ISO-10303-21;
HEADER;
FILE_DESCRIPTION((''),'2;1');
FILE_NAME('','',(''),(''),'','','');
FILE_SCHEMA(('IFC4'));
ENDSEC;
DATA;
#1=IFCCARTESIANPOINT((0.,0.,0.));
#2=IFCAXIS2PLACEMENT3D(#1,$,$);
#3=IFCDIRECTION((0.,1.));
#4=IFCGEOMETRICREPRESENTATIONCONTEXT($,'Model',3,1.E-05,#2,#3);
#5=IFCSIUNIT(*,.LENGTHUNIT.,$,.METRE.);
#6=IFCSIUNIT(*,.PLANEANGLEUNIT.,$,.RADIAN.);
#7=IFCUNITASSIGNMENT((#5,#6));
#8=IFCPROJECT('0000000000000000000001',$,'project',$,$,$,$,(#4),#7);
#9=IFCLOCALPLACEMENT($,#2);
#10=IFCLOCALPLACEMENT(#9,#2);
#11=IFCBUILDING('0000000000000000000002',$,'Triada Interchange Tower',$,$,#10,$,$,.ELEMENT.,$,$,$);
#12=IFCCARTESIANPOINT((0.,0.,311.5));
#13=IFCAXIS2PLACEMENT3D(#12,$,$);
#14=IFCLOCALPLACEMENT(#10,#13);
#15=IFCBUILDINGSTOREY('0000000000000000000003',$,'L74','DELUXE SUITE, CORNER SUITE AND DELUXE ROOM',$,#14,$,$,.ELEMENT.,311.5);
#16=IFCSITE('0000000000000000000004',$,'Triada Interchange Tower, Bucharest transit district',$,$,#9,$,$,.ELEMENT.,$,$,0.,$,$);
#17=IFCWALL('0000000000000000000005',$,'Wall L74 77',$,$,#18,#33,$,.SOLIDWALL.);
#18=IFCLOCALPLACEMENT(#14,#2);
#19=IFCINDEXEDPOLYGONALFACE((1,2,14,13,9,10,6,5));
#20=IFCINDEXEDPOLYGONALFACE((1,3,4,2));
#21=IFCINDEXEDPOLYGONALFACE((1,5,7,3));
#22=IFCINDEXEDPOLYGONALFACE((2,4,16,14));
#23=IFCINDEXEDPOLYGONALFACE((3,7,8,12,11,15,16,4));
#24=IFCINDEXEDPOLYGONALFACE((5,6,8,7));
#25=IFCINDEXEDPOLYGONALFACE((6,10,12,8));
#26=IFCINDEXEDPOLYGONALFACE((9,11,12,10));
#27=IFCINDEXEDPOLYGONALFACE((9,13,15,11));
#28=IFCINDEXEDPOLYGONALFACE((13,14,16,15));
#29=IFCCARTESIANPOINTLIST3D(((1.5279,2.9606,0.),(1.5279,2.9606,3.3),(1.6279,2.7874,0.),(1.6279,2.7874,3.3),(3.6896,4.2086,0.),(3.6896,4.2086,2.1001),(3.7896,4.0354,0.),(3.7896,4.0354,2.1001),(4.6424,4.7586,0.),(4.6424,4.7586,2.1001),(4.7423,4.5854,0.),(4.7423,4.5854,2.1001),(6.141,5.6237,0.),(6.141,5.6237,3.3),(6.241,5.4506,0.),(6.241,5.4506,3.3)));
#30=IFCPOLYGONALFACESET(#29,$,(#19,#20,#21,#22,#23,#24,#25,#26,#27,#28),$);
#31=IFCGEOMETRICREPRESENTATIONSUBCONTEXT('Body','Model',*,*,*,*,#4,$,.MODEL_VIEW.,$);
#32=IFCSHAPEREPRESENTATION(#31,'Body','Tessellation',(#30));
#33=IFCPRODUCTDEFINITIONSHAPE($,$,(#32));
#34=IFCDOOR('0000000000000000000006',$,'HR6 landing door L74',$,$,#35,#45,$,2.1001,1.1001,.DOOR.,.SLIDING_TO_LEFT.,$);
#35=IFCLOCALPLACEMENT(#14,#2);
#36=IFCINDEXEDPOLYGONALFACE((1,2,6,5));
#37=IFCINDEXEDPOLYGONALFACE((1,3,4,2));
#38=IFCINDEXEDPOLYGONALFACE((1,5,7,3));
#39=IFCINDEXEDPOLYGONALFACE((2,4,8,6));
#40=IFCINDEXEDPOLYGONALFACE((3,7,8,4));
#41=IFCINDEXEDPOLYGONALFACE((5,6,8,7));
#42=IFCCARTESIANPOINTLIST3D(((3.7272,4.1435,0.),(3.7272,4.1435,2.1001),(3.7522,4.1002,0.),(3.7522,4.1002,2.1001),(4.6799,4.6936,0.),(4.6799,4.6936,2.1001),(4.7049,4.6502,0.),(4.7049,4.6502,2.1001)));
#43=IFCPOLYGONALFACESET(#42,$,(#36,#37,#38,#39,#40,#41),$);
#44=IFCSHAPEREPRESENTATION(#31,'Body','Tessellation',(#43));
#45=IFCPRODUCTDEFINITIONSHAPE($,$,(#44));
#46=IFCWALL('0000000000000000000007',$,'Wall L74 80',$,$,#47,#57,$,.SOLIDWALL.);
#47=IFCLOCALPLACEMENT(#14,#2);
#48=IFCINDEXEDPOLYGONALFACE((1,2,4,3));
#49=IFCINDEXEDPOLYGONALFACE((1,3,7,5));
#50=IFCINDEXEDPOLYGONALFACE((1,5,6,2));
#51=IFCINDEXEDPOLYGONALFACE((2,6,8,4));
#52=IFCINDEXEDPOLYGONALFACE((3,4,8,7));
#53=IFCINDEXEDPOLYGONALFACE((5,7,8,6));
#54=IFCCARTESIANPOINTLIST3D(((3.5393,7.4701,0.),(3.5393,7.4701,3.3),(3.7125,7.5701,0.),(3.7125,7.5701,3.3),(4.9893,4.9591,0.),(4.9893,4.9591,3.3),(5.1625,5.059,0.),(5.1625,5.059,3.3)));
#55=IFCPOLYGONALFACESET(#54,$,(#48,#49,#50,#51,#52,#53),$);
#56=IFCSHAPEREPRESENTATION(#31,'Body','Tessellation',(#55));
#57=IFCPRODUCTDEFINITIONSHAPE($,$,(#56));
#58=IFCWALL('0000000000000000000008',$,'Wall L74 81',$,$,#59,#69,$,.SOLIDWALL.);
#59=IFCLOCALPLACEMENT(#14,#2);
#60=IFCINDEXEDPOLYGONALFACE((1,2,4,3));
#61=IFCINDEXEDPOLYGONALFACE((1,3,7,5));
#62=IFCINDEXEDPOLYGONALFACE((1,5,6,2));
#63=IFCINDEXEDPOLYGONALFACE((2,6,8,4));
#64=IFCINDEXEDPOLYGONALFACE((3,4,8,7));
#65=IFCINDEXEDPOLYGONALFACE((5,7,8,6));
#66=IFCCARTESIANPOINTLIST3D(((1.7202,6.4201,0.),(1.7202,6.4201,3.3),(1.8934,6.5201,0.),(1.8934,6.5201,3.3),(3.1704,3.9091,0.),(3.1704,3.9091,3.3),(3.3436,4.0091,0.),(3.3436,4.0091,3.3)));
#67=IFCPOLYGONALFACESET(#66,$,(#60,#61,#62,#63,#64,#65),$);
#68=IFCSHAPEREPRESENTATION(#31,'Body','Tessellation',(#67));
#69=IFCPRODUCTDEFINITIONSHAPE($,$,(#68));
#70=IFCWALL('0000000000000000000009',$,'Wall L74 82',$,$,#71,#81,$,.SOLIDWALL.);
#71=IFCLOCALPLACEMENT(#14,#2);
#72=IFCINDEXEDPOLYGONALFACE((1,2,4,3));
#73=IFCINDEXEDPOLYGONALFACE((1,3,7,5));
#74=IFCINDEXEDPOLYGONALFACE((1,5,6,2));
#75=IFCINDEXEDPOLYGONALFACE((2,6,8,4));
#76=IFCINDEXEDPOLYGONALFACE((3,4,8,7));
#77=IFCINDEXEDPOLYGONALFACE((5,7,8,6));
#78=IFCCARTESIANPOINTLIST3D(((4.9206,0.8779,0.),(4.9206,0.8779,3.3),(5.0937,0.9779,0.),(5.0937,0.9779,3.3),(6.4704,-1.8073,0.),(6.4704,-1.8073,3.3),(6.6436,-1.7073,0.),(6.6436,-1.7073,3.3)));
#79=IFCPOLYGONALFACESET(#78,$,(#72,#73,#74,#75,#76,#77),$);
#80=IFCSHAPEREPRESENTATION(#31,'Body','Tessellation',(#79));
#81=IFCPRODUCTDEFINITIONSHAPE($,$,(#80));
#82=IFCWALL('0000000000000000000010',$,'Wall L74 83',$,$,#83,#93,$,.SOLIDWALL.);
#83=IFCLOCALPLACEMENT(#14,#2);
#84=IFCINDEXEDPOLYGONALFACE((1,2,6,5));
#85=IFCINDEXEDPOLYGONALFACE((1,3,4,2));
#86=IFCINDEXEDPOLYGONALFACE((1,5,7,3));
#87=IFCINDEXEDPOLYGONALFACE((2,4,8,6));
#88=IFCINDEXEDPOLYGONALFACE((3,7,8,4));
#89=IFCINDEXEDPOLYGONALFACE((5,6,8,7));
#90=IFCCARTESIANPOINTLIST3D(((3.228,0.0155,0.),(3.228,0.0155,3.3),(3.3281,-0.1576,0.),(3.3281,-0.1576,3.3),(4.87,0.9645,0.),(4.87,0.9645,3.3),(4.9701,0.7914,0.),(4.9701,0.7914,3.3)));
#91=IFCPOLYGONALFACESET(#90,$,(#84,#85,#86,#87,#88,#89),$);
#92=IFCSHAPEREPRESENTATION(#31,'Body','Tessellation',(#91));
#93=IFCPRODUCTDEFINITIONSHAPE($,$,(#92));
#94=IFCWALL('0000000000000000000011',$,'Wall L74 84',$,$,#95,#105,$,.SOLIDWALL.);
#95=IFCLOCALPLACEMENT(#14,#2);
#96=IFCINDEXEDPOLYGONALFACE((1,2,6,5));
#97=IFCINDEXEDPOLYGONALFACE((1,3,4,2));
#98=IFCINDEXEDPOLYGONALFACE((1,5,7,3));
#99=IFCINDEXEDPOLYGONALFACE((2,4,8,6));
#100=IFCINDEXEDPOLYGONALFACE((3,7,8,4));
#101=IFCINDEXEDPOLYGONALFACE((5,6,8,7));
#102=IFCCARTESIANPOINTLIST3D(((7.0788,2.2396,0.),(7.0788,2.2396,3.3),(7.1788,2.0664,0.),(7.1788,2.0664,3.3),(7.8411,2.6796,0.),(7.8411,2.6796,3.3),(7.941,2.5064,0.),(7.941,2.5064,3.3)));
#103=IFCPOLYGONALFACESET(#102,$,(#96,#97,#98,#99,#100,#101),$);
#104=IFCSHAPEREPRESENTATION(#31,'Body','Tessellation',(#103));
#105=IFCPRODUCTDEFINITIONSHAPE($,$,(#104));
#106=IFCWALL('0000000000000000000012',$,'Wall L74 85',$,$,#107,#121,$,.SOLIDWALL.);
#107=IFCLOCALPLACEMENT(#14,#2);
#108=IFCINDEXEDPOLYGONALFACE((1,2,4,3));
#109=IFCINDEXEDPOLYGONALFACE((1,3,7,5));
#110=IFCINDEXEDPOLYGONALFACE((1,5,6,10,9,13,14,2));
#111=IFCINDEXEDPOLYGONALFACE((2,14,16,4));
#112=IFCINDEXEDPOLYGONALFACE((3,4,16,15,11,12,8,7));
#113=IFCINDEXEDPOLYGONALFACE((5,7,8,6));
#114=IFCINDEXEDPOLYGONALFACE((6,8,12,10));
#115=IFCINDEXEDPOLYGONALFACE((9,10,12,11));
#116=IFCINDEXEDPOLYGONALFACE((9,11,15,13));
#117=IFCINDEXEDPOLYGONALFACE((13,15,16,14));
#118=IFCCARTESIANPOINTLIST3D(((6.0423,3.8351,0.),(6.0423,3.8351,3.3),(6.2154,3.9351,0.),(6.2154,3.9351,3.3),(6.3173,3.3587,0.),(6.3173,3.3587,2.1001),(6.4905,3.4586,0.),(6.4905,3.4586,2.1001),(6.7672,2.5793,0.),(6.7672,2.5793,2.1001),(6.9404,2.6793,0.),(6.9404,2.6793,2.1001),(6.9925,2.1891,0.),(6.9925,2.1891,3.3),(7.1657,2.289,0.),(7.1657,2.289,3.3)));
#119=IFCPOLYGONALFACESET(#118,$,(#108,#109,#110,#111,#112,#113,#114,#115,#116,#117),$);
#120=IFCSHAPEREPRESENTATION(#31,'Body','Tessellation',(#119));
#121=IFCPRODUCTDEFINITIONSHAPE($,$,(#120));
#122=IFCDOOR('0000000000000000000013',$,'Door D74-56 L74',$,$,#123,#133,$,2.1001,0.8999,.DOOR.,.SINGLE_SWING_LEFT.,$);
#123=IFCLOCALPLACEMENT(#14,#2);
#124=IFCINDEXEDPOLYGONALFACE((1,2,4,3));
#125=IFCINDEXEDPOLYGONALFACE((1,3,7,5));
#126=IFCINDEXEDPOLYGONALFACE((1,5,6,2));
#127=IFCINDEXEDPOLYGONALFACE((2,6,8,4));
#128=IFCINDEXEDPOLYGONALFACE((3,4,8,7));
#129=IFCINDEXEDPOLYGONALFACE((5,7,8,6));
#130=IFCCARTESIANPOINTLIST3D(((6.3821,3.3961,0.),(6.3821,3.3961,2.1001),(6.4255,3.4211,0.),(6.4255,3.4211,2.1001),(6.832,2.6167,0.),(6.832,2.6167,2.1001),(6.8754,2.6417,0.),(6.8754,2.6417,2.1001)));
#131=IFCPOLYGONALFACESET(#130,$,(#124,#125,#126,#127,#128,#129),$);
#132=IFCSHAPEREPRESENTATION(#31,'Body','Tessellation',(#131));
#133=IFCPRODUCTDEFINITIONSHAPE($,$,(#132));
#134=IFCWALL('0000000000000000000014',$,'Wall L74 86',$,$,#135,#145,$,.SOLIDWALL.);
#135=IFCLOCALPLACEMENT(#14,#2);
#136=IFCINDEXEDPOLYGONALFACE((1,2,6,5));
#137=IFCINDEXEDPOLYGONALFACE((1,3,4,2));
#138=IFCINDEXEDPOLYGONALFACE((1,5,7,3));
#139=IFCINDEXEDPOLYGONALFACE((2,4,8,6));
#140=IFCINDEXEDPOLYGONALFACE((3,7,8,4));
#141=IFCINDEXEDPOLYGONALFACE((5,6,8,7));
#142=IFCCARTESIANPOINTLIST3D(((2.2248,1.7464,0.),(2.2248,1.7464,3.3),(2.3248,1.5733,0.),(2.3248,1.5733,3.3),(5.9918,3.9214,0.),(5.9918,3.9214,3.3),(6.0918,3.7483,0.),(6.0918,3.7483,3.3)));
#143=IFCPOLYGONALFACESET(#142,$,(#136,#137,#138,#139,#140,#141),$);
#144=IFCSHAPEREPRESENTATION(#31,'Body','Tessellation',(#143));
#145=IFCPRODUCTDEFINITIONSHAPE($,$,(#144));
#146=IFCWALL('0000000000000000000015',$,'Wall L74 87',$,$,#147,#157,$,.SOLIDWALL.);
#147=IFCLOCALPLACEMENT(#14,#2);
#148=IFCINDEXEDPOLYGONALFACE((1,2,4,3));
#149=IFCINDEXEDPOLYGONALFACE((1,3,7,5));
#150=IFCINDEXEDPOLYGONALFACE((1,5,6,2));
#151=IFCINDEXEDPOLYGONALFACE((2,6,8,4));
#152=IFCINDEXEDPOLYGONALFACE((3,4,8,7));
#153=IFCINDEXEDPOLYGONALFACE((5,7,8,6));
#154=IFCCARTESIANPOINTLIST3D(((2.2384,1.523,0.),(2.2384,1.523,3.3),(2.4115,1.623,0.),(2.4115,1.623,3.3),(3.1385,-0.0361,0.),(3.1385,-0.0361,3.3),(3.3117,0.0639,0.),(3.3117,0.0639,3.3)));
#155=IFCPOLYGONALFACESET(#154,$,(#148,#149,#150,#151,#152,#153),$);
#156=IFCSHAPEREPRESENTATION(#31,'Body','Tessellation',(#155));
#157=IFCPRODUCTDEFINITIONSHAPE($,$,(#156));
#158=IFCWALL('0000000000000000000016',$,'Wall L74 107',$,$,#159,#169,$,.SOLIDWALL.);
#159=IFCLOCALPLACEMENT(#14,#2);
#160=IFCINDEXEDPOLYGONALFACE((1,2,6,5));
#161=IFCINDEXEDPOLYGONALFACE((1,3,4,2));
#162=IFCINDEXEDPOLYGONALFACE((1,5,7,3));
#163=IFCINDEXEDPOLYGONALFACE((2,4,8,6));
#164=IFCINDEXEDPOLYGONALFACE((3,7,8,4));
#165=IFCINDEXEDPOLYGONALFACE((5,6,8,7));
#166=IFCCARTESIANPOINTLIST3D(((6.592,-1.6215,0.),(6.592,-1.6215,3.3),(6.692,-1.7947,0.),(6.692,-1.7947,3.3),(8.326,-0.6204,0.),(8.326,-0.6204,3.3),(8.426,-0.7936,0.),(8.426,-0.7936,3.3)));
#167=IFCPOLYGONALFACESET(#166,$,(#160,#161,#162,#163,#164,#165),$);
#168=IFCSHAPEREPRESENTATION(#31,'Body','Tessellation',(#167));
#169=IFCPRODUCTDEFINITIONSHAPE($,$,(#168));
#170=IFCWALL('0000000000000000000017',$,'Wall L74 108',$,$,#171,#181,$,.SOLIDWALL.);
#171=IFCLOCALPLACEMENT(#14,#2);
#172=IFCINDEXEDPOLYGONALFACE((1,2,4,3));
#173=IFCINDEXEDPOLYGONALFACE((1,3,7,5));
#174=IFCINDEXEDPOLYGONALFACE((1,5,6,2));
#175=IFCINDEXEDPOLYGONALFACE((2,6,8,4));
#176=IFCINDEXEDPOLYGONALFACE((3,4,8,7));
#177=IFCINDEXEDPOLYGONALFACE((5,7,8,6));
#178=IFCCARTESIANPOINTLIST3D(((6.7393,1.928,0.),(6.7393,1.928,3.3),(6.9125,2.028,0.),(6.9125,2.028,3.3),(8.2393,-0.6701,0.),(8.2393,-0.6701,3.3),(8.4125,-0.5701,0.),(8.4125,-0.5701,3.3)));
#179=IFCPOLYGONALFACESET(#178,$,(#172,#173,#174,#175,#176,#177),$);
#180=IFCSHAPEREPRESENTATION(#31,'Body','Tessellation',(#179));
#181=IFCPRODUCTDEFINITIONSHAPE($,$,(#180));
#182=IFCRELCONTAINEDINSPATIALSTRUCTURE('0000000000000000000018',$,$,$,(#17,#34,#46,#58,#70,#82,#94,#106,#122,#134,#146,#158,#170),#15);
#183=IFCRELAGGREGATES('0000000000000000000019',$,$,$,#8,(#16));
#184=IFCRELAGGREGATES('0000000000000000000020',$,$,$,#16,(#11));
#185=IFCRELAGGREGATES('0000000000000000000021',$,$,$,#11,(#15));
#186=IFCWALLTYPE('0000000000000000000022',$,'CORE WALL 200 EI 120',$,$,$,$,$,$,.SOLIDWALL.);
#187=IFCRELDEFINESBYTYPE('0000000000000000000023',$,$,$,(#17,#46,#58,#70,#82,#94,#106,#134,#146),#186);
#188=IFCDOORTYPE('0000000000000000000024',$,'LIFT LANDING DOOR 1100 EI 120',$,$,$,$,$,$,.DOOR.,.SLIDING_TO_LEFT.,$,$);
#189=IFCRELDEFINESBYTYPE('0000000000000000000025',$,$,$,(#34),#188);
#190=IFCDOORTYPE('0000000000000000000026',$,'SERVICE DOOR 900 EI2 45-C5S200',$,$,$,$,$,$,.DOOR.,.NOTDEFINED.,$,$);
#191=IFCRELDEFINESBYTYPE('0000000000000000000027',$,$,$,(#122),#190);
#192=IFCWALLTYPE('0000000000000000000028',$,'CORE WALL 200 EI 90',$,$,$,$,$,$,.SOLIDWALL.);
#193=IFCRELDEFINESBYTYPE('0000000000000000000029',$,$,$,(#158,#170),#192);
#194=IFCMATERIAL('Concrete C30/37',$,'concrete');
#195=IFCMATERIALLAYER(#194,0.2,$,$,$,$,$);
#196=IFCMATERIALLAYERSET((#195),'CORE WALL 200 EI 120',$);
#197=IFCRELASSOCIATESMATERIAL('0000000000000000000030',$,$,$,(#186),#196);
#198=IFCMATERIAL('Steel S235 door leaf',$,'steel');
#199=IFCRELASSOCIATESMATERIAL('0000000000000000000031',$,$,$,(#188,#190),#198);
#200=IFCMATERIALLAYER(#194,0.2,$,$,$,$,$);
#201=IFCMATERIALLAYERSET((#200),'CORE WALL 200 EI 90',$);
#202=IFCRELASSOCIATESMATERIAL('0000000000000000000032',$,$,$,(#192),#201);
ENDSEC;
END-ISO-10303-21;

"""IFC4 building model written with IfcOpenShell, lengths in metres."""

from ifc_helpers import new_model, si_unit, direction, frame, frame_2d, origin, place, context, subcontext, project, spatial, rectangle, extrude, material, layer, layer_set, type_object, element, fill, save


model = new_model("IFC4")

# Units and contexts
model_context = context("Model", 3, precision=1e-05, world=origin(), true_north=direction((0.0, 1.0)))
body_context = subcontext(model_context, "Body", "Model", "MODEL_VIEW")
ifc_project = project(units=[si_unit("LENGTHUNIT", "METRE"), si_unit("PLANEANGLEUNIT", "RADIAN")], contexts=[model_context])

# Site, building, storey
site_placement = place(None, origin())
site = spatial("IfcSite", under=ifc_project, at=site_placement, Name="Triada Interchange Tower, Bucharest transit district", CompositionType="ELEMENT", RefElevation=0.0)
building_placement = place(site_placement, origin())
building = spatial("IfcBuilding", under=site, at=building_placement, Name="Triada Interchange Tower", CompositionType="ELEMENT")
storey_placement = place(building_placement, frame((0.0, 0.0, 311.5)))
storey = spatial("IfcBuildingStorey", under=building, at=storey_placement, Name="L74", Description="DELUXE SUITE, CORNER SUITE AND DELUXE ROOM", CompositionType="ELEMENT", Elevation=311.5)

# Shared definitions
ifc_material_1 = material(Name="Concrete C30/37", Category="concrete")
ifc_layer_1 = layer(ifc_material_1, 0.2)
ifc_layer_set_1 = layer_set([ifc_layer_1], Name="CORE WALL 200 EI 120")
wall_type_1 = type_object("IfcWallType", Name="CORE WALL 200 EI 120", PredefinedType="SOLIDWALL", material=ifc_layer_set_1)
ifc_material_2 = material(Name="Steel S235 door leaf", Category="steel")
door_type_1 = type_object("IfcDoorType", Name="LIFT LANDING DOOR 1100 EI 120", OperationType="SLIDING_TO_LEFT", PredefinedType="DOOR", material=ifc_material_2)

# Wall, opening, door
wall_1_placement = place(storey_placement, frame((1.5779, 2.874, 0.0), z_axis=(0.0, 0.0, 1.0), x_axis=(0.866046, 0.499964, 0.0)))
wall_1 = element("IfcWall", 1, at=wall_1_placement, inside=storey, type_object=wall_type_1, Name="Wall L74 77", PredefinedType="SOLIDWALL", context=body_context, shape_type="SweptSolid", body=[
    extrude(rectangle(XDim=5.3267, YDim=0.2, at=frame_2d((2.6633, 0.0))), origin(), (0.0, 0.0, 1.0), 3.3),
])
opening_1_placement = place(wall_1_placement, frame((2.4961, 0.0, 0.0)))
opening_1 = element("IfcOpeningElement", 2, at=opening_1_placement, cuts=wall_1, PredefinedType="OPENING", context=body_context, shape_type="SweptSolid", body=[
    extrude(rectangle(XDim=1.1001, YDim=2.1001, at=frame_2d((0.55, 1.05))), frame((0.0, 0.1099, 0.0), z_axis=(0.0, -1.0, 0.0), x_axis=(1.0, 0.0, 0.0)), (0.0, 0.0, 1.0), 0.22),
])
door_1_placement = place(opening_1_placement, origin())
door_1 = element("IfcDoor", 3, at=door_1_placement, inside=storey, type_object=door_type_1, Name="HR6 landing door L74", OperationType="SLIDING_TO_LEFT", OverallHeight=2.1001, OverallWidth=1.1001, PredefinedType="DOOR", context=body_context, shape_type="SweptSolid", body=[
    extrude(rectangle(XDim=1.1001, YDim=2.1001, at=frame_2d((0.55, 1.05))), frame((0.0, 0.0249, 0.0), z_axis=(0.0, -1.0, 0.0), x_axis=(1.0, 0.0, 0.0)), (0.0, 0.0, 1.0), 0.05),
])
fill(opening_1, door_1)

# Walls
for number, where, z_axis, x_axis, name in (
    (4, (3.626, 7.52, 0.0), (0.0, 0.0, 1.0), (0.50006, -0.865991, 0.0), "Wall L74 80"),
    (5, (1.8069, 6.47, 0.0), (0.0, 0.0, 1.0), (0.500123, -0.865954, 0.0), "Wall L74 81"),
):
    element("IfcWall", number, at=place(storey_placement, frame(where, z_axis=z_axis, x_axis=x_axis)), inside=storey, type_object=wall_type_1, Name=name, PredefinedType="SOLIDWALL", context=body_context, shape_type="SweptSolid", body=[
        extrude(rectangle(XDim=2.8997, YDim=0.2, at=frame_2d((1.4497, 0.0))), origin(), (0.0, 0.0, 1.0), 3.3),
    ])
wall_2_placement = place(storey_placement, frame((5.0071, 0.928, 0.0), z_axis=(0.0, 0.0, 1.0), x_axis=(0.4999, -0.866083, 0.0)))
element("IfcWall", 6, at=wall_2_placement, inside=storey, type_object=wall_type_1, Name="Wall L74 82", PredefinedType="SOLIDWALL", context=body_context, shape_type="SweptSolid", body=[
    extrude(rectangle(XDim=3.1003, YDim=0.2, at=frame_2d((1.5503, 0.0))), origin(), (0.0, 0.0, 1.0), 3.3),
])
wall_3_placement = place(storey_placement, frame((3.2781, -0.071, 0.0), z_axis=(0.0, 0.0, 1.0), x_axis=(0.865785, 0.500417, 0.0)))
element("IfcWall", 7, at=wall_3_placement, inside=storey, type_object=wall_type_1, Name="Wall L74 83", PredefinedType="SOLIDWALL", context=body_context, shape_type="SweptSolid", body=[
    extrude(rectangle(XDim=1.8965, YDim=0.2, at=frame_2d((0.9482, 0.0))), origin(), (0.0, 0.0, 1.0), 3.3),
])
wall_4_placement = place(storey_placement, frame((7.1289, 2.1531, 0.0), z_axis=(0.0, 0.0, 1.0), x_axis=(0.866084, 0.499899, 0.0)))
element("IfcWall", 8, at=wall_4_placement, inside=storey, type_object=wall_type_1, Name="Wall L74 84", PredefinedType="SOLIDWALL", context=body_context, shape_type="SweptSolid", body=[
    extrude(rectangle(XDim=0.8801, YDim=0.2, at=frame_2d((0.4399, 0.0))), origin(), (0.0, 0.0, 1.0), 3.3),
])

# Wall, opening, door
wall_5_placement = place(storey_placement, frame((6.1289, 3.885, 0.0), z_axis=(0.0, 0.0, 1.0), x_axis=(0.499952, -0.866053, 0.0)))
wall_5 = element("IfcWall", 9, at=wall_5_placement, inside=storey, type_object=wall_type_1, Name="Wall L74 85", PredefinedType="SOLIDWALL", context=body_context, shape_type="SweptSolid", body=[
    extrude(rectangle(XDim=1.9006, YDim=0.2, at=frame_2d((0.9502, 0.0))), origin(), (0.0, 0.0, 1.0), 3.3),
])
opening_2_placement = place(wall_5_placement, frame((0.55, 0.0, 0.0)))
opening_2 = element("IfcOpeningElement", 10, at=opening_2_placement, cuts=wall_5, PredefinedType="OPENING", context=body_context, shape_type="SweptSolid", body=[
    extrude(rectangle(XDim=0.8999, YDim=2.1001, at=frame_2d((0.45, 1.05))), frame((0.0, 0.1099, 0.0), z_axis=(0.0, -1.0, 0.0), x_axis=(1.0, 0.0, 0.0)), (0.0, 0.0, 1.0), 0.22),
])
door_type_2 = type_object("IfcDoorType", Name="SERVICE DOOR 900 EI2 45-C5S200", OperationType="NOTDEFINED", PredefinedType="DOOR", material=ifc_material_2)
door_2_placement = place(opening_2_placement, origin())
door_2 = element("IfcDoor", 11, at=door_2_placement, inside=storey, type_object=door_type_2, Name="Door D74-56 L74", OperationType="SINGLE_SWING_LEFT", OverallHeight=2.1001, OverallWidth=0.8999, PredefinedType="DOOR", context=body_context, shape_type="SweptSolid", body=[
    extrude(rectangle(XDim=0.8999, YDim=2.1001, at=frame_2d((0.45, 1.05))), frame((0.0, 0.0249, 0.0), z_axis=(0.0, -1.0, 0.0), x_axis=(1.0, 0.0, 0.0)), (0.0, 0.0, 1.0), 0.05),
])
fill(opening_2, door_2)

# Walls
wall_6_placement = place(storey_placement, frame((2.2749, 1.6599, 0.0), z_axis=(0.0, 0.0, 1.0), x_axis=(0.866014, 0.50002, 0.0)))
element("IfcWall", 12, at=wall_6_placement, inside=storey, type_object=wall_type_1, Name="Wall L74 86", PredefinedType="SOLIDWALL", context=body_context, shape_type="SweptSolid", body=[
    extrude(rectangle(XDim=4.3499, YDim=0.2, at=frame_2d((2.1748, 0.0))), origin(), (0.0, 0.0, 1.0), 3.3),
])
wall_7_placement = place(storey_placement, frame((2.325, 1.573, 0.0), z_axis=(0.0, 0.0, 1.0), x_axis=(0.500004, -0.866023, 0.0)))
element("IfcWall", 13, at=wall_7_placement, inside=storey, type_object=wall_type_1, Name="Wall L74 87", PredefinedType="SOLIDWALL", context=body_context, shape_type="SweptSolid", body=[
    extrude(rectangle(XDim=1.8003, YDim=0.2, at=frame_2d((0.9001, 0.0))), origin(), (0.0, 0.0, 1.0), 3.3),
])
ifc_layer_2 = layer(ifc_material_1, 0.2)
ifc_layer_set_2 = layer_set([ifc_layer_2], Name="CORE WALL 200 EI 90")
wall_type_2 = type_object("IfcWallType", Name="CORE WALL 200 EI 90", PredefinedType="SOLIDWALL", material=ifc_layer_set_2)
wall_8_placement = place(storey_placement, frame((6.6421, -1.708, 0.0), z_axis=(0.0, 0.0, 1.0), x_axis=(0.866043, 0.499969, 0.0)))
element("IfcWall", 14, at=wall_8_placement, inside=storey, type_object=wall_type_2, Name="Wall L74 107", PredefinedType="SOLIDWALL", context=body_context, shape_type="SweptSolid", body=[
    extrude(rectangle(XDim=2.0022, YDim=0.2, at=frame_2d((1.001, 0.0))), origin(), (0.0, 0.0, 1.0), 3.3),
])
wall_9_placement = place(storey_placement, frame((6.8259, 1.978, 0.0), z_axis=(0.0, 0.0, 1.0), x_axis=(0.49999, -0.866031, 0.0)))
element("IfcWall", 15, at=wall_9_placement, inside=storey, type_object=wall_type_2, Name="Wall L74 108", PredefinedType="SOLIDWALL", context=body_context, shape_type="SweptSolid", body=[
    extrude(rectangle(XDim=3.0, YDim=0.2, at=frame_2d((1.5, 0.0))), origin(), (0.0, 0.0, 1.0), 3.3),
])

save(model, "model.ifc")
